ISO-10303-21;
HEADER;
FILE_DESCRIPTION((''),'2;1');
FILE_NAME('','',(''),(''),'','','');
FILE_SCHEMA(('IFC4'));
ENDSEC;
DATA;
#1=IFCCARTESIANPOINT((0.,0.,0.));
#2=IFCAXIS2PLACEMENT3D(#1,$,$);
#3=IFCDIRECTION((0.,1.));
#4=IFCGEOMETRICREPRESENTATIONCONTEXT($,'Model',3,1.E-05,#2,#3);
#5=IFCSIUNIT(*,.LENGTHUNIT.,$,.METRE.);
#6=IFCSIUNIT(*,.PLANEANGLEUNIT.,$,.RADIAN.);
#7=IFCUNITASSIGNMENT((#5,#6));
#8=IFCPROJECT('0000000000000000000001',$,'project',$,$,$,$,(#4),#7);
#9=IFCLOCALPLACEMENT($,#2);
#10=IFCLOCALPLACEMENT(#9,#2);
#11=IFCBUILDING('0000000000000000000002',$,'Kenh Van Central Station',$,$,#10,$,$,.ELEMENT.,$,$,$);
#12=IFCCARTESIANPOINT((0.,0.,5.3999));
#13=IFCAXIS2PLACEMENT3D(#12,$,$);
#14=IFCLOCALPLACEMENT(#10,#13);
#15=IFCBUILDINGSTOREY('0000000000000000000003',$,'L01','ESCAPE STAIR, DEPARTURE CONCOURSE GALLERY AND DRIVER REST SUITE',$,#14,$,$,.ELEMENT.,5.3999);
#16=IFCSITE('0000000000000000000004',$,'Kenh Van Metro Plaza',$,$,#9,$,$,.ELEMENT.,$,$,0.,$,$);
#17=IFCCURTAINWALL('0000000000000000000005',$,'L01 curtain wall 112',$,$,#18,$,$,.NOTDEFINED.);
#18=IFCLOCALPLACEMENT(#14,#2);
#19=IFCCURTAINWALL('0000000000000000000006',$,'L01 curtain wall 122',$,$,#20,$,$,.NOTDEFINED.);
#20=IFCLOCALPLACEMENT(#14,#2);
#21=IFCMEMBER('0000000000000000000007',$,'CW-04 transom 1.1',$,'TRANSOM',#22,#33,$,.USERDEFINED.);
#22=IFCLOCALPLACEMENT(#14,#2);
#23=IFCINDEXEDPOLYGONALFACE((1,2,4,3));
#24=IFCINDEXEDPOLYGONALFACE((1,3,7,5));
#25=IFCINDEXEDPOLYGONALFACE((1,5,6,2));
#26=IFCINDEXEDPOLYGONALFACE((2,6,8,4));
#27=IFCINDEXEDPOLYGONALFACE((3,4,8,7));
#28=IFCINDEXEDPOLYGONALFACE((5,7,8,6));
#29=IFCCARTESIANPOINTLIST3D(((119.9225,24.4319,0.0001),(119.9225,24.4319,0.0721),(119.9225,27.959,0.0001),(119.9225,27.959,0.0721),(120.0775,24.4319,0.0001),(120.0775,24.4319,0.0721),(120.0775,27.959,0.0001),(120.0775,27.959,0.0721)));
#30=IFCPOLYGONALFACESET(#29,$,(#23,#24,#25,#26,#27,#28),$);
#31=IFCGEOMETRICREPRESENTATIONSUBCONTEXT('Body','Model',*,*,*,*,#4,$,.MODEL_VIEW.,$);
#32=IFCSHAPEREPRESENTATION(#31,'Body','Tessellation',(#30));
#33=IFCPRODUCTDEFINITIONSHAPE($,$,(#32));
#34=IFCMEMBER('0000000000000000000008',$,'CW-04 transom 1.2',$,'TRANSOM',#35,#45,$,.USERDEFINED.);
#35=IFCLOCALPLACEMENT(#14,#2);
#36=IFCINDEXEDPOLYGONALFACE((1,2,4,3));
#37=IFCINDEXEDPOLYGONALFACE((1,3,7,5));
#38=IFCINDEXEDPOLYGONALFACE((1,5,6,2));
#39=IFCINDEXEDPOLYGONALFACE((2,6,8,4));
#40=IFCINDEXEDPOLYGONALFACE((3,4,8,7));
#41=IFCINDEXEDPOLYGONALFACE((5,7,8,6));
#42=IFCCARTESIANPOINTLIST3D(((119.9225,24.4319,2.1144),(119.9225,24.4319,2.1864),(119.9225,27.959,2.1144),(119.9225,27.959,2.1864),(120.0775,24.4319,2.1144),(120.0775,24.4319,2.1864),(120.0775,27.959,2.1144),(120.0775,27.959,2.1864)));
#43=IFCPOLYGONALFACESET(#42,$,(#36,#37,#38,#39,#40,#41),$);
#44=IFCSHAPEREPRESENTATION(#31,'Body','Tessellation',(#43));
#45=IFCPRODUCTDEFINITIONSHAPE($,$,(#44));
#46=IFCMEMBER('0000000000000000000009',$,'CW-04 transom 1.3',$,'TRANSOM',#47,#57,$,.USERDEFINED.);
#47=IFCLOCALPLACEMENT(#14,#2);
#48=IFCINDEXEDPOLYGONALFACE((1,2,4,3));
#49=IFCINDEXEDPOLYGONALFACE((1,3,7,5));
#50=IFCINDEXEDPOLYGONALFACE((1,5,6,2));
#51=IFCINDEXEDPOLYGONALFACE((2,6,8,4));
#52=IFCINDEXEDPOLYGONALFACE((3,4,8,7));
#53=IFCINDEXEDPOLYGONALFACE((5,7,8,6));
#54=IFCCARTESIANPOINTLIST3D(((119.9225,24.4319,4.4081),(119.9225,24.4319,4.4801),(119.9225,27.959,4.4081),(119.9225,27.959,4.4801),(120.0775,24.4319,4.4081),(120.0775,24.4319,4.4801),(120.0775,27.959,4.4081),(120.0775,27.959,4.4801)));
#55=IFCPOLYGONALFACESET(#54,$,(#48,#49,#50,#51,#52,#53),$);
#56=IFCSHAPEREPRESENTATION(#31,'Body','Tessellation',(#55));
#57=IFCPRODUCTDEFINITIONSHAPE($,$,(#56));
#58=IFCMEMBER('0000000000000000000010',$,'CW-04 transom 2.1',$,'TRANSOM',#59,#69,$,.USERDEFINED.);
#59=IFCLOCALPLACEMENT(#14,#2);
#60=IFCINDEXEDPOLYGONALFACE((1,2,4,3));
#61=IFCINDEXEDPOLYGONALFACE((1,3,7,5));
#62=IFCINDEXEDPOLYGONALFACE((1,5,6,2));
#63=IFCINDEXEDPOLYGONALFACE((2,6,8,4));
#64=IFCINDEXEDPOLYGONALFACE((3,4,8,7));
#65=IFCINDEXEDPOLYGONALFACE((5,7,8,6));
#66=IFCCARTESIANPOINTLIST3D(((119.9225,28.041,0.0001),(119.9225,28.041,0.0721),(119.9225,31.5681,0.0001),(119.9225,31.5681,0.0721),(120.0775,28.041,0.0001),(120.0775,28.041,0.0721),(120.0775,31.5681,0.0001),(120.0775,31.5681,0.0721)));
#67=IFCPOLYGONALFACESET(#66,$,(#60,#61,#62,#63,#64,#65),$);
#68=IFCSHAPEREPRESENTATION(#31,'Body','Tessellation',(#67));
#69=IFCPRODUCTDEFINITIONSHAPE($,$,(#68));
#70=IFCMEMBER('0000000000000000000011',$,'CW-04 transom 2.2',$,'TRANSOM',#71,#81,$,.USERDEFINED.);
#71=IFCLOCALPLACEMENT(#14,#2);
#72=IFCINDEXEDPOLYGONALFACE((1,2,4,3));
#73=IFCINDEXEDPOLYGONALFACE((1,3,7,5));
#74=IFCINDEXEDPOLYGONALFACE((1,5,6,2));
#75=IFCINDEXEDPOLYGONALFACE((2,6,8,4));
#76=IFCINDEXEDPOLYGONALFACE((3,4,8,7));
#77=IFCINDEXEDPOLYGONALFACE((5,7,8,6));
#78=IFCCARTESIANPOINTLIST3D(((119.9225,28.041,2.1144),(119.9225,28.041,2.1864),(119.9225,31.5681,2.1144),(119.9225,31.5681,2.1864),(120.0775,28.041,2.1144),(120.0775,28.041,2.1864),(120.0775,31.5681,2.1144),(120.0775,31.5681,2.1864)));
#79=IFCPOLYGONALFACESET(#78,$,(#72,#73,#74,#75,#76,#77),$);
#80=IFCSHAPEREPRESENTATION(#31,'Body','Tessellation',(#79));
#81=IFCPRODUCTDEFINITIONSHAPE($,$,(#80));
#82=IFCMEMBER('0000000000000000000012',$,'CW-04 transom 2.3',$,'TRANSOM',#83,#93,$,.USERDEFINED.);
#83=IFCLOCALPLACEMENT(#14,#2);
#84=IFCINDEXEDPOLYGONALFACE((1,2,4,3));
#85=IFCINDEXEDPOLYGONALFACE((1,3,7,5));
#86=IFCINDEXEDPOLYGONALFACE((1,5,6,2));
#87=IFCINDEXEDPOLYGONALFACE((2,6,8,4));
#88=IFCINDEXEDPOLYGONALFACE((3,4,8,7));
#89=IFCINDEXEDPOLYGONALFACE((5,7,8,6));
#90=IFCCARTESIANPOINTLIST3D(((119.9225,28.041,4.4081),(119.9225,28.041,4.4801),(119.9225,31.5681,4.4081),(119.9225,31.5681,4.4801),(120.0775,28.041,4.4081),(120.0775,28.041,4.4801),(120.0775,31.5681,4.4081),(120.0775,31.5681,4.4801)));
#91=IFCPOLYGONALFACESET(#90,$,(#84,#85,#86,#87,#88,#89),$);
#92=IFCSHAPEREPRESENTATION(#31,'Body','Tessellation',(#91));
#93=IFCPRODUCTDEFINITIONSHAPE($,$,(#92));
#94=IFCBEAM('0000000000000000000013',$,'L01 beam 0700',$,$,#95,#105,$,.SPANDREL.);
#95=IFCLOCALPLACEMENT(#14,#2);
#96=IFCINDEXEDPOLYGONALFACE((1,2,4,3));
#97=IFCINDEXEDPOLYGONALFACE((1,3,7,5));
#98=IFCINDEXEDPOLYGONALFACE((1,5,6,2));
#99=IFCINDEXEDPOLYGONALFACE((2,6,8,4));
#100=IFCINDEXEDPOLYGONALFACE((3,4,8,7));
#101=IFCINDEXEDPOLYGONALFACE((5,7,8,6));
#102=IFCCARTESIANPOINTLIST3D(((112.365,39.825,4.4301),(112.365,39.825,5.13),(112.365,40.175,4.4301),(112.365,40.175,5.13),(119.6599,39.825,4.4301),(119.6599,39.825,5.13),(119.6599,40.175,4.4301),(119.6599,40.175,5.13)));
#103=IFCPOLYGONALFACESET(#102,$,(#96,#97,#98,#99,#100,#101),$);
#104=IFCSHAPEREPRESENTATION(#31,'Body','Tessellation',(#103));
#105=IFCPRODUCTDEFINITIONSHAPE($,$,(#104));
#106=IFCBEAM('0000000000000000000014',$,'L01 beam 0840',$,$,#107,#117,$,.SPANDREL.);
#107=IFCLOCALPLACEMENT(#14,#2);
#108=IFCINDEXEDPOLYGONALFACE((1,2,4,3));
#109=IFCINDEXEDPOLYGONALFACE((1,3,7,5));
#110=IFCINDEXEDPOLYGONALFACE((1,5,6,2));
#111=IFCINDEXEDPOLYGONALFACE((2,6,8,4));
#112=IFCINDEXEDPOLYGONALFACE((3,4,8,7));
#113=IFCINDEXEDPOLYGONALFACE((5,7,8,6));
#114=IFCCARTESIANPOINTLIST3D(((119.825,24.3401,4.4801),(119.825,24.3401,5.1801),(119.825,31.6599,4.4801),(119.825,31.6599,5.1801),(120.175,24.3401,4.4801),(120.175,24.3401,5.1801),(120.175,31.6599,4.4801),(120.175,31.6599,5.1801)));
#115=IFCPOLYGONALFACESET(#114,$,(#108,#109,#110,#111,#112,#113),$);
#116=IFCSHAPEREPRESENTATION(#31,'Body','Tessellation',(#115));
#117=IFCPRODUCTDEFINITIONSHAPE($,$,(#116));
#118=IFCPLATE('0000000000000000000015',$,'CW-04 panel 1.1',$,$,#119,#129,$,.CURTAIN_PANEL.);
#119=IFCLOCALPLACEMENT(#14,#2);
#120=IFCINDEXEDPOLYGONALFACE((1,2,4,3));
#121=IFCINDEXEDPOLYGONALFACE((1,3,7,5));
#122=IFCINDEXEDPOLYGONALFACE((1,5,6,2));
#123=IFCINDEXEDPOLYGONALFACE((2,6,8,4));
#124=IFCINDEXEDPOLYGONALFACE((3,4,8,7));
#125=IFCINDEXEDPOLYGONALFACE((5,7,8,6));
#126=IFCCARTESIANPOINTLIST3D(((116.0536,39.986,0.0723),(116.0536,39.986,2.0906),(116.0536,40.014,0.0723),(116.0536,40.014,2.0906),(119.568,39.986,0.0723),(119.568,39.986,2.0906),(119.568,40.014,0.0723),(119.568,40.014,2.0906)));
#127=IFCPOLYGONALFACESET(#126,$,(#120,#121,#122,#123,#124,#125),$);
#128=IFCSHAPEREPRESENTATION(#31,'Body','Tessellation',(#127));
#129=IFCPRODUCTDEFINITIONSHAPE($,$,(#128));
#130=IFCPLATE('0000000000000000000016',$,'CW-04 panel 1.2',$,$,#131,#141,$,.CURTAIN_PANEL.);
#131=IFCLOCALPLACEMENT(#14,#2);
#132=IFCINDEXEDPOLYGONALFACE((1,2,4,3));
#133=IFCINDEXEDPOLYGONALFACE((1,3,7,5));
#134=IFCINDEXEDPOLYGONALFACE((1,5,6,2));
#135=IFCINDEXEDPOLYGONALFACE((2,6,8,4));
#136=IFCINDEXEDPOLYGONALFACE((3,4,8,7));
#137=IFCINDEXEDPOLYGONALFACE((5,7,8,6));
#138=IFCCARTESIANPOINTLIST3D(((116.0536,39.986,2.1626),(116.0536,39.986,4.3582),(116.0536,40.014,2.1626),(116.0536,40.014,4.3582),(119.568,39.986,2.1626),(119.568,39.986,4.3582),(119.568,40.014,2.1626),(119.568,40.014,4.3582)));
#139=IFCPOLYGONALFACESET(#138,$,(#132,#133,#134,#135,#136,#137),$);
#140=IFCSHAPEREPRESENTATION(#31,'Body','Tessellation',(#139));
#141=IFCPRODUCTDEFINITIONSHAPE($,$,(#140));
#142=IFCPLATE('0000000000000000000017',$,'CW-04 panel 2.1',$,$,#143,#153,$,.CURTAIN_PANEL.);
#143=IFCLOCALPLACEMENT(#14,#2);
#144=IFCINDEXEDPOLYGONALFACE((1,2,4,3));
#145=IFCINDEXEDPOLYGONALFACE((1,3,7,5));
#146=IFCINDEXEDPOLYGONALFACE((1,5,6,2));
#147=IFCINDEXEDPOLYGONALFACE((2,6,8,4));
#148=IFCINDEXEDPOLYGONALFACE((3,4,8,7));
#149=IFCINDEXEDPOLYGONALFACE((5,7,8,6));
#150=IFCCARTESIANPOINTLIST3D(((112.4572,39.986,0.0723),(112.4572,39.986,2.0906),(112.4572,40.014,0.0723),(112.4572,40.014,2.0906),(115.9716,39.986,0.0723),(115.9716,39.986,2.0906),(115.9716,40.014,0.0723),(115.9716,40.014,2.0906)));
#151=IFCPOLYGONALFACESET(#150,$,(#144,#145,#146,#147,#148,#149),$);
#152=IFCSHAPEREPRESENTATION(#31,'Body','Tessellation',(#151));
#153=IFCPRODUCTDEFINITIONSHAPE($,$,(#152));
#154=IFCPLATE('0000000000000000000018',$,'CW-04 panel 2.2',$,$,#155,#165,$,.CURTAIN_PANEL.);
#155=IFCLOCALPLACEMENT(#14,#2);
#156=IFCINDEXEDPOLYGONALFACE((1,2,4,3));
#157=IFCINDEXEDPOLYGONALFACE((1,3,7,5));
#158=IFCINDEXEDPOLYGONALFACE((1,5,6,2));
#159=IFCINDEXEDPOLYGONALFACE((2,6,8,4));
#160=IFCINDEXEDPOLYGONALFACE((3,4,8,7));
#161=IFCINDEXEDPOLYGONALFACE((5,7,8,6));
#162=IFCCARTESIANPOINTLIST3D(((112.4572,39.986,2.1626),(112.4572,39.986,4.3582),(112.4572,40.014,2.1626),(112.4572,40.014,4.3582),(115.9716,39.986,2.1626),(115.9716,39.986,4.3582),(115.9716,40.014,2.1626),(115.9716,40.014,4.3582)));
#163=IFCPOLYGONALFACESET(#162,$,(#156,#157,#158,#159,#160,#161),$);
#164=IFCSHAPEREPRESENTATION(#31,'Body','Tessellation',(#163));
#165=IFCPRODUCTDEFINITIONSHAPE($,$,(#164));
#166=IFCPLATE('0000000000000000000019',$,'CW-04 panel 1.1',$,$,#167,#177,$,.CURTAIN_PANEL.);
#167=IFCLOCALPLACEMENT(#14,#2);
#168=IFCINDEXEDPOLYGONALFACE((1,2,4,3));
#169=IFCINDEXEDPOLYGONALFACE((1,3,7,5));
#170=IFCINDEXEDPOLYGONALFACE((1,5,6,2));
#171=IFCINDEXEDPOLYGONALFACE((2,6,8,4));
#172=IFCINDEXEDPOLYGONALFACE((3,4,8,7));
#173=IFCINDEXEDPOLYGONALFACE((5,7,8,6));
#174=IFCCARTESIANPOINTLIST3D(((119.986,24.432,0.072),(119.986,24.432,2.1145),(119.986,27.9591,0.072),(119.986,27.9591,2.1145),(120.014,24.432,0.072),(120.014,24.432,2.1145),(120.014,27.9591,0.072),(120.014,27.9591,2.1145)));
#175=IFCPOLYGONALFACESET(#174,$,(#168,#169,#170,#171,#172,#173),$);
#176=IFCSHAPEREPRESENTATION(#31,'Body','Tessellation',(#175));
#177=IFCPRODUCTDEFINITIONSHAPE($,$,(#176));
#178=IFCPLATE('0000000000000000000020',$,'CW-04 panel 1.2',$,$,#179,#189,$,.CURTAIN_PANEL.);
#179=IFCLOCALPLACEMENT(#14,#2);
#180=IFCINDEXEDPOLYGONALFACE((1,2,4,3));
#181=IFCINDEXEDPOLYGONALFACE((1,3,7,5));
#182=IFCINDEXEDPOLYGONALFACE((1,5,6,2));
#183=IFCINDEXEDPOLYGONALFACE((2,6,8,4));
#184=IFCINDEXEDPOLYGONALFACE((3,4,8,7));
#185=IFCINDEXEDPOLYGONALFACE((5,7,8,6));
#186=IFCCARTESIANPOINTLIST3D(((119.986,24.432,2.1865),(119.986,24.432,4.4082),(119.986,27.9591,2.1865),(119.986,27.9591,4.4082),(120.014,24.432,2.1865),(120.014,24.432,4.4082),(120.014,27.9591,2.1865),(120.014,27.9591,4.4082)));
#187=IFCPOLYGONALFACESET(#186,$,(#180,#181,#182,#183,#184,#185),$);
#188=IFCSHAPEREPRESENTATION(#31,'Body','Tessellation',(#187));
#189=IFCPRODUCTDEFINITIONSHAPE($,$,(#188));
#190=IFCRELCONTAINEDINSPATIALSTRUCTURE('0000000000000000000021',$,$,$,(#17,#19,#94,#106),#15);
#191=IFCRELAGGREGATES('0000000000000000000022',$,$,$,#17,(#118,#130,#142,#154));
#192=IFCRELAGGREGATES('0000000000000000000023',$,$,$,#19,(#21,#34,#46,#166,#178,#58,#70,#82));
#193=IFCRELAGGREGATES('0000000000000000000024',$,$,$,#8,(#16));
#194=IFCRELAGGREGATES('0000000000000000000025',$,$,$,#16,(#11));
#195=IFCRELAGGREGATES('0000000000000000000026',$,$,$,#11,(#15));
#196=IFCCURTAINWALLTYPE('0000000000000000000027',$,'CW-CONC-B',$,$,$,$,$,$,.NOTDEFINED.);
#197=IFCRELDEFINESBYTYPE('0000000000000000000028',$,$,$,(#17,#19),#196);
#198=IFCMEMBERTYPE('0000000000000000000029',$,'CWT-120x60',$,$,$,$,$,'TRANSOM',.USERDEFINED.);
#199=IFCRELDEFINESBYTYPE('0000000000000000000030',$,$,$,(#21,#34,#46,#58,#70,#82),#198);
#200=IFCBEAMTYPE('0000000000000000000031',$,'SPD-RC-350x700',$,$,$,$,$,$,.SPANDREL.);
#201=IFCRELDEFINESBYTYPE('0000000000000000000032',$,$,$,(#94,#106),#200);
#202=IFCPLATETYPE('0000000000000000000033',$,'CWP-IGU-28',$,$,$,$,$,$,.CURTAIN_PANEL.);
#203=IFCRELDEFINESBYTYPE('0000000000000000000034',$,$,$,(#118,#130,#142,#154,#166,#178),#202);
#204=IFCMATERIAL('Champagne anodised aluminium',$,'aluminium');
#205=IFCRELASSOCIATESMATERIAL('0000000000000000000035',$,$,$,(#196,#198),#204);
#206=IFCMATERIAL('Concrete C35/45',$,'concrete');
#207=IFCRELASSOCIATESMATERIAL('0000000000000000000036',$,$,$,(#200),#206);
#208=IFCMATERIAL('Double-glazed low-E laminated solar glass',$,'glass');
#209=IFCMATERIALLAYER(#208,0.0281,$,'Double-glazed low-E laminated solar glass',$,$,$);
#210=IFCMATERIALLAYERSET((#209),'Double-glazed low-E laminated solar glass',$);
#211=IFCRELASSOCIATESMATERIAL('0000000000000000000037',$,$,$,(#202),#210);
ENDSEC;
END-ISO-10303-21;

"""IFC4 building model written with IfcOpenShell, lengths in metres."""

from ifc_helpers import new_model, si_unit, direction, frame, origin, origin_2d, place, context, subcontext, project, spatial, rectangle, extrude, material, layer, layer_set, material_profile, profile_set, type_object, element, aggregate, save


model = new_model("IFC4")

# Units and contexts
model_context = context("Model", 3, precision=1e-05, world=origin(), true_north=direction((0.0, 1.0)))
body_context = subcontext(model_context, "Body", "Model", "MODEL_VIEW")
ifc_project = project(units=[si_unit("LENGTHUNIT", "METRE"), si_unit("PLANEANGLEUNIT", "RADIAN")], contexts=[model_context])

# Site, building, storey
site_placement = place(None, origin())
site = spatial("IfcSite", under=ifc_project, at=site_placement, Name="Kenh Van Metro Plaza", CompositionType="ELEMENT", RefElevation=0.0)
building_placement = place(site_placement, origin())
building = spatial("IfcBuilding", under=site, at=building_placement, Name="Kenh Van Central Station", CompositionType="ELEMENT")
storey_placement = place(building_placement, frame((0.0, 0.0, 5.3999)))
storey = spatial("IfcBuildingStorey", under=building, at=storey_placement, Name="L01", Description="ESCAPE STAIR, DEPARTURE CONCOURSE GALLERY AND DRIVER REST SUITE", CompositionType="ELEMENT", Elevation=5.3999)

# Shared definitions
ifc_material_1 = material(Name="Concrete C35/45", Category="concrete")

# Curtain walls
ifc_material_2 = material(Name="Champagne anodised aluminium", Category="aluminium")
curtain_wall_type = type_object("IfcCurtainWallType", Name="CW-CONC-B", PredefinedType="NOTDEFINED", material=ifc_material_2)
curtain_wall_1_placement = place(storey_placement, origin())
curtain_wall_1 = element("IfcCurtainWall", 1, at=curtain_wall_1_placement, inside=storey, type_object=curtain_wall_type, Name="L01 curtain wall 112", PredefinedType="NOTDEFINED")
curtain_wall_2_placement = place(storey_placement, origin())
curtain_wall_2 = element("IfcCurtainWall", 2, at=curtain_wall_2_placement, inside=storey, type_object=curtain_wall_type, Name="L01 curtain wall 122", PredefinedType="NOTDEFINED")

# Members
ifc_material_profile_1 = material_profile(ifc_material_2, rectangle(XDim=0.155, YDim=0.072, at=origin_2d()), Name="AL 155x72")
ifc_profile_set_1 = profile_set([ifc_material_profile_1], Name="Champagne anodised aluminium")
member_type_1 = type_object("IfcMemberType", Name="CWT-120x60", ElementType="TRANSOM", PredefinedType="USERDEFINED", material=ifc_profile_set_1)
member_1_placement = place(storey_placement, frame((120.0, 24.4319, 0.0361), z_axis=(0.0, 1.0, 0.0), x_axis=(-1.0, 0.0, 0.0)))
member_1 = element("IfcMember", 3, at=member_1_placement, type_object=member_type_1, Name="CW-04 transom 1.1", ObjectType="TRANSOM", PredefinedType="USERDEFINED", context=body_context, shape_type="SweptSolid", body=[
    extrude(rectangle(XDim=0.155, YDim=0.072, at=origin_2d()), origin(), (0.0, 0.0, 1.0), 3.5271),
])
member_2_placement = place(storey_placement, frame((120.0, 24.4319, 2.1504), z_axis=(0.0, 1.0, 0.0), x_axis=(-1.0, 0.0, 0.0)))
member_2 = element("IfcMember", 4, at=member_2_placement, type_object=member_type_1, Name="CW-04 transom 1.2", ObjectType="TRANSOM", PredefinedType="USERDEFINED", context=body_context, shape_type="SweptSolid", body=[
    extrude(rectangle(XDim=0.155, YDim=0.072, at=origin_2d()), origin(), (0.0, 0.0, 1.0), 3.5271),
])
member_3_placement = place(storey_placement, frame((120.0, 24.4319, 4.4441), z_axis=(0.0, 1.0, 0.0), x_axis=(-1.0, 0.0, 0.0)))
member_3 = element("IfcMember", 5, at=member_3_placement, type_object=member_type_1, Name="CW-04 transom 1.3", ObjectType="TRANSOM", PredefinedType="USERDEFINED", context=body_context, shape_type="SweptSolid", body=[
    extrude(rectangle(XDim=0.155, YDim=0.072, at=origin_2d()), origin(), (0.0, 0.0, 1.0), 3.5271),
])
member_4_placement = place(storey_placement, frame((120.0, 28.041, 0.0361), z_axis=(0.0, 1.0, 0.0), x_axis=(-1.0, 0.0, 0.0)))
member_4 = element("IfcMember", 6, at=member_4_placement, type_object=member_type_1, Name="CW-04 transom 2.1", ObjectType="TRANSOM", PredefinedType="USERDEFINED", context=body_context, shape_type="SweptSolid", body=[
    extrude(rectangle(XDim=0.155, YDim=0.072, at=origin_2d()), origin(), (0.0, 0.0, 1.0), 3.5271),
])
member_5_placement = place(storey_placement, frame((120.0, 28.041, 2.1504), z_axis=(0.0, 1.0, 0.0), x_axis=(-1.0, 0.0, 0.0)))
member_5 = element("IfcMember", 7, at=member_5_placement, type_object=member_type_1, Name="CW-04 transom 2.2", ObjectType="TRANSOM", PredefinedType="USERDEFINED", context=body_context, shape_type="SweptSolid", body=[
    extrude(rectangle(XDim=0.155, YDim=0.072, at=origin_2d()), origin(), (0.0, 0.0, 1.0), 3.5271),
])
member_6_placement = place(storey_placement, frame((120.0, 28.041, 4.4441), z_axis=(0.0, 1.0, 0.0), x_axis=(-1.0, 0.0, 0.0)))
member_6 = element("IfcMember", 8, at=member_6_placement, type_object=member_type_1, Name="CW-04 transom 2.3", ObjectType="TRANSOM", PredefinedType="USERDEFINED", context=body_context, shape_type="SweptSolid", body=[
    extrude(rectangle(XDim=0.155, YDim=0.072, at=origin_2d()), origin(), (0.0, 0.0, 1.0), 3.5271),
])

# Beams
ifc_material_profile_2 = material_profile(ifc_material_1, rectangle(XDim=0.3501, YDim=0.7, at=origin_2d()), Name="RC 350x700")
ifc_profile_set_2 = profile_set([ifc_material_profile_2], Name="Concrete C35/45")
beam_type_1 = type_object("IfcBeamType", Name="SPD-RC-350x700", PredefinedType="SPANDREL", material=ifc_profile_set_2)
beam_1_placement = place(storey_placement, frame((112.365, 40.0, 4.78), z_axis=(1.0, 0.0, 0.0), x_axis=(0.0, 1.0, 0.0)))
element("IfcBeam", 9, at=beam_1_placement, inside=storey, type_object=beam_type_1, Name="L01 beam 0700", PredefinedType="SPANDREL", context=body_context, shape_type="SweptSolid", body=[
    extrude(rectangle(XDim=0.3501, YDim=0.7, at=origin_2d()), origin(), (0.0, 0.0, 1.0), 7.2949),
])
beam_2_placement = place(storey_placement, frame((120.0, 24.3401, 4.8301), z_axis=(0.0, 1.0, 0.0), x_axis=(-1.0, 0.0, 0.0)))
element("IfcBeam", 10, at=beam_2_placement, inside=storey, type_object=beam_type_1, Name="L01 beam 0840", PredefinedType="SPANDREL", context=body_context, shape_type="SweptSolid", body=[
    extrude(rectangle(XDim=0.3501, YDim=0.7, at=origin_2d()), origin(), (0.0, 0.0, 1.0), 7.3198),
])

# Plates
ifc_material_3 = material(Name="Double-glazed low-E laminated solar glass", Category="glass")
ifc_layer_1 = layer(ifc_material_3, 0.0281, Name="Double-glazed low-E laminated solar glass")
ifc_layer_set_1 = layer_set([ifc_layer_1], Name="Double-glazed low-E laminated solar glass")
plate_type = type_object("IfcPlateType", Name="CWP-IGU-28", PredefinedType="CURTAIN_PANEL", material=ifc_layer_set_1)
plate_1_placement = place(storey_placement, frame((117.8108, 40.0, 0.0723), z_axis=(0.0, 0.0, 1.0), x_axis=(-1.0, 0.0, 0.0)))
plate_1 = element("IfcPlate", 11, at=plate_1_placement, type_object=plate_type, Name="CW-04 panel 1.1", PredefinedType="CURTAIN_PANEL", context=body_context, shape_type="SweptSolid", body=[
    extrude(rectangle(XDim=3.5144, YDim=0.0281, at=origin_2d()), origin(), (0.0, 0.0, 1.0), 2.0183),
])
plate_2_placement = place(storey_placement, frame((117.8108, 40.0, 2.1626), z_axis=(0.0, 0.0, 1.0), x_axis=(-1.0, 0.0, 0.0)))
plate_2 = element("IfcPlate", 12, at=plate_2_placement, type_object=plate_type, Name="CW-04 panel 1.2", PredefinedType="CURTAIN_PANEL", context=body_context, shape_type="SweptSolid", body=[
    extrude(rectangle(XDim=3.5144, YDim=0.0281, at=origin_2d()), origin(), (0.0, 0.0, 1.0), 2.1956),
])
plate_3_placement = place(storey_placement, frame((114.2144, 40.0, 0.0723), z_axis=(0.0, 0.0, 1.0), x_axis=(-1.0, 0.0, 0.0)))
plate_3 = element("IfcPlate", 13, at=plate_3_placement, type_object=plate_type, Name="CW-04 panel 2.1", PredefinedType="CURTAIN_PANEL", context=body_context, shape_type="SweptSolid", body=[
    extrude(rectangle(XDim=3.5144, YDim=0.0281, at=origin_2d()), origin(), (0.0, 0.0, 1.0), 2.0183),
])
plate_4_placement = place(storey_placement, frame((114.2144, 40.0, 2.1626), z_axis=(0.0, 0.0, 1.0), x_axis=(-1.0, 0.0, 0.0)))
plate_4 = element("IfcPlate", 14, at=plate_4_placement, type_object=plate_type, Name="CW-04 panel 2.2", PredefinedType="CURTAIN_PANEL", context=body_context, shape_type="SweptSolid", body=[
    extrude(rectangle(XDim=3.5144, YDim=0.0281, at=origin_2d()), origin(), (0.0, 0.0, 1.0), 2.1956),
])
aggregate(curtain_wall_1, [plate_1, plate_2, plate_3, plate_4])
plate_5_placement = place(storey_placement, frame((120.0, 26.1956, 0.072), z_axis=(0.0, 0.0, 1.0), x_axis=(0.0, 1.0, 0.0)))
plate_5 = element("IfcPlate", 15, at=plate_5_placement, type_object=plate_type, Name="CW-04 panel 1.1", PredefinedType="CURTAIN_PANEL", context=body_context, shape_type="SweptSolid", body=[
    extrude(rectangle(XDim=3.5271, YDim=0.0281, at=origin_2d()), origin(), (0.0, 0.0, 1.0), 2.0425),
])
plate_6_placement = place(storey_placement, frame((120.0, 26.1956, 2.1865), z_axis=(0.0, 0.0, 1.0), x_axis=(0.0, 1.0, 0.0)))
plate_6 = element("IfcPlate", 16, at=plate_6_placement, type_object=plate_type, Name="CW-04 panel 1.2", PredefinedType="CURTAIN_PANEL", context=body_context, shape_type="SweptSolid", body=[
    extrude(rectangle(XDim=3.5271, YDim=0.0281, at=origin_2d()), origin(), (0.0, 0.0, 1.0), 2.2217),
])
aggregate(curtain_wall_2, [member_1, member_2, member_3, plate_5, plate_6, member_4, member_5, member_6])

save(model, "model.ifc")
